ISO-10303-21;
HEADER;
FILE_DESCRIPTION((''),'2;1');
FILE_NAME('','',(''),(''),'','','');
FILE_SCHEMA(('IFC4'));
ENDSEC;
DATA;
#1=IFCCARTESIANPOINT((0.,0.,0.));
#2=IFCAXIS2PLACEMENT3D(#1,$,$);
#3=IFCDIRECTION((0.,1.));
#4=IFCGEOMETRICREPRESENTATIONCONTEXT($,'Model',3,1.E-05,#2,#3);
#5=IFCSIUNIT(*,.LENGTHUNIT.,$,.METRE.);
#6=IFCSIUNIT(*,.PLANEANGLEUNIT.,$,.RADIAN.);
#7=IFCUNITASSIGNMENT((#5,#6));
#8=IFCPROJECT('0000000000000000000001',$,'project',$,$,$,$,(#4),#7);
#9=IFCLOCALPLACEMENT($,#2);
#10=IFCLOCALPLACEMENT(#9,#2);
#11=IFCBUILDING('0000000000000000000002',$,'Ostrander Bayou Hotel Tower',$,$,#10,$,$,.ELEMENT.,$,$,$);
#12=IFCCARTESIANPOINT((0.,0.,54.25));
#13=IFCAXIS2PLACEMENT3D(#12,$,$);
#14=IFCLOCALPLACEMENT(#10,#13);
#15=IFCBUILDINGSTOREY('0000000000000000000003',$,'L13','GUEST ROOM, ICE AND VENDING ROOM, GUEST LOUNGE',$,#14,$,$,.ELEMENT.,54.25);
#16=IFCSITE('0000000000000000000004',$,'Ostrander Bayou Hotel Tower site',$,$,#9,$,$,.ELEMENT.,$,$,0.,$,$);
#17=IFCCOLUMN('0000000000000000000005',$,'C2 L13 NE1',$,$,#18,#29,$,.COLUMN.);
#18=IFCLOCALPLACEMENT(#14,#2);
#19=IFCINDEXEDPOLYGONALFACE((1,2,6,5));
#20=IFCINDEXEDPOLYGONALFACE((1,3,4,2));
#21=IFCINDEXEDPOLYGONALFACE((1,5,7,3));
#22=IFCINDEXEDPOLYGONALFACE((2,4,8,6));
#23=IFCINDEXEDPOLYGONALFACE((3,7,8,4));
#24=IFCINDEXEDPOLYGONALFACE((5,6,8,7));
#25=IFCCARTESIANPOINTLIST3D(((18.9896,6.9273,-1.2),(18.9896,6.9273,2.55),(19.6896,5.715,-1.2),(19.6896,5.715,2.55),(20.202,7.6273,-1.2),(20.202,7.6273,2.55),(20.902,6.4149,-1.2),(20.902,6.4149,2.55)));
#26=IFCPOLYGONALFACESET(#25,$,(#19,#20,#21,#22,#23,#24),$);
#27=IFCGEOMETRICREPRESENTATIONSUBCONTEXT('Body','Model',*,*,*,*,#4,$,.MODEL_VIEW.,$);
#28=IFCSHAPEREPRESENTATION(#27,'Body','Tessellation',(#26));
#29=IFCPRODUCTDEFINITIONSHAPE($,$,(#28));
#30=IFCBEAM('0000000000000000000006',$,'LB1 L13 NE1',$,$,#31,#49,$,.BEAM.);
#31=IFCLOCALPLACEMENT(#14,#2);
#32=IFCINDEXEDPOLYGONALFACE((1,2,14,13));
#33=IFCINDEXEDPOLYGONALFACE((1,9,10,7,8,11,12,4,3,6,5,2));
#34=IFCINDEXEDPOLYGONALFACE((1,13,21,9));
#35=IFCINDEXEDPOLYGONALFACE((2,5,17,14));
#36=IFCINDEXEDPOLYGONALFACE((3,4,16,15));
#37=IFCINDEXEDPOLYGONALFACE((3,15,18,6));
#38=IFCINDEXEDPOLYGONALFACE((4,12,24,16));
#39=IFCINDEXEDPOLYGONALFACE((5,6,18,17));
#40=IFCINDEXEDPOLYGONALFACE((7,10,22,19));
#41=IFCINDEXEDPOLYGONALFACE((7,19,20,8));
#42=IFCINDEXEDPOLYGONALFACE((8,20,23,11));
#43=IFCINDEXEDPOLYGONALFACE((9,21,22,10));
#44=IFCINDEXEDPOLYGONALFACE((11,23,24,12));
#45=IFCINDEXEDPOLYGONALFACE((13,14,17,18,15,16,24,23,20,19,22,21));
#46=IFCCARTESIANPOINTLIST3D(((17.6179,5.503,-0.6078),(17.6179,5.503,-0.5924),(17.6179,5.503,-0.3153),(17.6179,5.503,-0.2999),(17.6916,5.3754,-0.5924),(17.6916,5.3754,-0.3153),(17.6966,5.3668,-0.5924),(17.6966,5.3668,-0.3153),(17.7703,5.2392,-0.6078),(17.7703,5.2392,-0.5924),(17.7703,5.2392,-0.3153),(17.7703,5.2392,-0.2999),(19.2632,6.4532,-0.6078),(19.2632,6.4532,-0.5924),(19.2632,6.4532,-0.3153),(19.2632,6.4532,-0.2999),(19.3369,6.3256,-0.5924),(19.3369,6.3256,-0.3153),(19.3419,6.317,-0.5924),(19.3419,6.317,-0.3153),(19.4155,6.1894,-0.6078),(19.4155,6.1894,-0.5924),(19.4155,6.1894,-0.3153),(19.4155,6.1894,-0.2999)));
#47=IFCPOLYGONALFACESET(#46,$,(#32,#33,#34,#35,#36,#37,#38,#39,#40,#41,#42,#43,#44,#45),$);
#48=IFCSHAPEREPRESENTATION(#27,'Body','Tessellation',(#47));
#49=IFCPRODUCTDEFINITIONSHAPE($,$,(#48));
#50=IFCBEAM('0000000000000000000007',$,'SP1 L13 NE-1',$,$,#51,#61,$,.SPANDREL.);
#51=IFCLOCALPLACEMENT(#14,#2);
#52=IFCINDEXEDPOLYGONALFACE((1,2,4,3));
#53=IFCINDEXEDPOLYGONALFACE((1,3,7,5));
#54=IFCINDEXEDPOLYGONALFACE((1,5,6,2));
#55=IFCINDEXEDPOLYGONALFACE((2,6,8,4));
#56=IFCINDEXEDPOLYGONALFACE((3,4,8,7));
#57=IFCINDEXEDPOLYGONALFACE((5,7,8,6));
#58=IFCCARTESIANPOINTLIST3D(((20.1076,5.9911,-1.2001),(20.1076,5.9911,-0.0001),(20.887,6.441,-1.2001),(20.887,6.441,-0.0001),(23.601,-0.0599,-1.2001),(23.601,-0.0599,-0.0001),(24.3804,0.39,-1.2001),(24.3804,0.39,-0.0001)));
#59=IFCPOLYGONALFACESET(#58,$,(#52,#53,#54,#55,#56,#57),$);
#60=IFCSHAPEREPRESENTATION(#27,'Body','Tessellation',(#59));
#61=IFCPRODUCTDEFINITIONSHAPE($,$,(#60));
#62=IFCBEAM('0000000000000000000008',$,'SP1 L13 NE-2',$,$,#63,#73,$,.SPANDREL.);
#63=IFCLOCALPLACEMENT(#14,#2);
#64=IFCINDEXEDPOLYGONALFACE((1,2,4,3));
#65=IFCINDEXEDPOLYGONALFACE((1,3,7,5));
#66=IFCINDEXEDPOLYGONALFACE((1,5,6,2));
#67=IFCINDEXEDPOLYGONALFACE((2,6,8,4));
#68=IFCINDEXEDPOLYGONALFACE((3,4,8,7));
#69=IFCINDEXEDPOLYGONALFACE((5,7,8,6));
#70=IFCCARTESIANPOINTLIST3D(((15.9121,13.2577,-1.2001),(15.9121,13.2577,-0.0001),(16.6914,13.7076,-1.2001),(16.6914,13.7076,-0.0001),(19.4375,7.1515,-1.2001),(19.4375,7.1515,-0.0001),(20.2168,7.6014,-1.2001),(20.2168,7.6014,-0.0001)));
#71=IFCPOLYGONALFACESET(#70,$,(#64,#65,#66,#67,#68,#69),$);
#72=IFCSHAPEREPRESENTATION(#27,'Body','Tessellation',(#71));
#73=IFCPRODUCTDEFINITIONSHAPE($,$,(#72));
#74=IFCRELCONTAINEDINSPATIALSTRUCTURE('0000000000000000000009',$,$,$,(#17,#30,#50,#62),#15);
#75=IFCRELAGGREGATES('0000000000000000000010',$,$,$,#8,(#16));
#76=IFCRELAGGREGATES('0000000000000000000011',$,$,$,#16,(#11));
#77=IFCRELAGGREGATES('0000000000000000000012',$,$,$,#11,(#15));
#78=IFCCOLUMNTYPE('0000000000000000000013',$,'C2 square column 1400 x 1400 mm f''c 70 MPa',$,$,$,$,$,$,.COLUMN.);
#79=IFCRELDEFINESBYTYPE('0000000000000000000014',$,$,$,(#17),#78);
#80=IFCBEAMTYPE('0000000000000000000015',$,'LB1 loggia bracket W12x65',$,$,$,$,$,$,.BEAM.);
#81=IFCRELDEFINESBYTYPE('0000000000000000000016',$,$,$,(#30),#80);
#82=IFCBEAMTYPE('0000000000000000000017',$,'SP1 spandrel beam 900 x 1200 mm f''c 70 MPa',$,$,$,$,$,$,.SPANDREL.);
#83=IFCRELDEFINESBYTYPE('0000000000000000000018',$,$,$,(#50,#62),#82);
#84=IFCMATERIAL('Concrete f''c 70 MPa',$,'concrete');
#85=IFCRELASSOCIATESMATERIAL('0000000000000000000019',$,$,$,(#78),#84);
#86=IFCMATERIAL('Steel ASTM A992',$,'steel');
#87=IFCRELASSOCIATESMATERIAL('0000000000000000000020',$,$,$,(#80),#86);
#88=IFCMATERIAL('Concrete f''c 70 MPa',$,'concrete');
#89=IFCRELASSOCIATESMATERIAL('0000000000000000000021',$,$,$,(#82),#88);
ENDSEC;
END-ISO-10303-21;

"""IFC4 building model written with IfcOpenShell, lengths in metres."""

from ifc_helpers import new_model, si_unit, direction, frame, origin, origin_2d, place, context, subcontext, project, spatial, rectangle, i_section, extrude, material, material_profile, profile_set, type_object, element, save


model = new_model("IFC4")

# Units and contexts
model_context = context("Model", 3, precision=1e-05, world=origin(), true_north=direction((0.0, 1.0)))
body_context = subcontext(model_context, "Body", "Model", "MODEL_VIEW")
ifc_project = project(units=[si_unit("LENGTHUNIT", "METRE"), si_unit("PLANEANGLEUNIT", "RADIAN")], contexts=[model_context])

# Site, building, storey
site_placement = place(None, origin())
site = spatial("IfcSite", under=ifc_project, at=site_placement, Name="Ostrander Bayou Hotel Tower site", CompositionType="ELEMENT", RefElevation=0.0)
building_placement = place(site_placement, origin())
building = spatial("IfcBuilding", under=site, at=building_placement, Name="Ostrander Bayou Hotel Tower", CompositionType="ELEMENT")
storey_placement = place(building_placement, frame((0.0, 0.0, 54.25)))
storey = spatial("IfcBuildingStorey", under=building, at=storey_placement, Name="L13", Description="GUEST ROOM, ICE AND VENDING ROOM, GUEST LOUNGE", CompositionType="ELEMENT", Elevation=54.25)

# Column
ifc_material_1 = material(Name="Concrete f'c 70 MPa", Category="concrete")
ifc_material_profile_1 = material_profile(ifc_material_1, rectangle(XDim=1.3999, YDim=1.3999, at=origin_2d()))
ifc_profile_set_1 = profile_set([ifc_material_profile_1], Name="Concrete f'c 70 MPa")
column_type = type_object("IfcColumnType", Name="C2 square column 1400 x 1400 mm f'c 70 MPa", PredefinedType="COLUMN", material=ifc_profile_set_1)
column_placement = place(storey_placement, frame((19.9458, 6.6711, -1.2), z_axis=(0.0, 0.0, 1.0), x_axis=(0.5, -0.866025, 0.0)))
element("IfcColumn", 1, at=column_placement, inside=storey, type_object=column_type, Name="C2 L13 NE1", PredefinedType="COLUMN", context=body_context, shape_type="SweptSolid", body=[
    extrude(rectangle(XDim=1.3999, YDim=1.3999, at=origin_2d()), origin(), (0.0, 0.0, 1.0), 3.75),
])

# Beams
ifc_material_2 = material(Name="Steel ASTM A992", Category="steel")
ifc_material_profile_2 = material_profile(ifc_material_2, i_section(OverallWidth=0.3047, OverallDepth=0.3079, WebThickness=0.01, FlangeThickness=0.0154, at=origin_2d()))
ifc_profile_set_2 = profile_set([ifc_material_profile_2], Name="Steel ASTM A992")
beam_type_1 = type_object("IfcBeamType", Name="LB1 loggia bracket W12x65", PredefinedType="BEAM", material=ifc_profile_set_2)
beam_1_placement = place(storey_placement, frame((19.3394, 6.3213, -0.4539), z_axis=(-0.865957, -0.500119, 0.0), x_axis=(0.500119, -0.865957, 0.0)))
element("IfcBeam", 2, at=beam_1_placement, inside=storey, type_object=beam_type_1, Name="LB1 L13 NE1", PredefinedType="BEAM", context=body_context, shape_type="SweptSolid", body=[
    extrude(i_section(OverallWidth=0.3047, OverallDepth=0.3079, WebThickness=0.01, FlangeThickness=0.0154, at=origin_2d()), origin(), (0.0, 0.0, 1.0), 1.8999),
])
ifc_material_3 = material(Name="Concrete f'c 70 MPa", Category="concrete")
ifc_material_profile_3 = material_profile(ifc_material_3, rectangle(XDim=0.8999, YDim=1.2, at=origin_2d()))
ifc_profile_set_3 = profile_set([ifc_material_profile_3], Name="Concrete f'c 70 MPa")
beam_type_2 = type_object("IfcBeamType", Name="SP1 spandrel beam 900 x 1200 mm f'c 70 MPa", PredefinedType="SPANDREL", material=ifc_profile_set_3)
beam_2_placement = place(storey_placement, frame((23.9907, 0.165, -0.6001), z_axis=(-0.499984, 0.866035, 0.0), x_axis=(-0.866035, -0.499984, 0.0)))
element("IfcBeam", 3, at=beam_2_placement, inside=storey, type_object=beam_type_2, Name="SP1 L13 NE-1", PredefinedType="SPANDREL", context=body_context, shape_type="SweptSolid", body=[
    extrude(rectangle(XDim=0.8999, YDim=1.2, at=origin_2d()), origin(), (0.0, 0.0, 1.0), 6.9871),
])
beam_3_placement = place(storey_placement, frame((19.8271, 7.3765, -0.6001), z_axis=(-0.499997, 0.866027, 0.0), x_axis=(-0.866027, -0.499997, 0.0)))
element("IfcBeam", 4, at=beam_3_placement, inside=storey, type_object=beam_type_2, Name="SP1 L13 NE-2", PredefinedType="SPANDREL", context=body_context, shape_type="SweptSolid", body=[
    extrude(rectangle(XDim=0.8999, YDim=1.2, at=origin_2d()), origin(), (0.0, 0.0, 1.0), 7.0508),
])

save(model, "model.ifc")
